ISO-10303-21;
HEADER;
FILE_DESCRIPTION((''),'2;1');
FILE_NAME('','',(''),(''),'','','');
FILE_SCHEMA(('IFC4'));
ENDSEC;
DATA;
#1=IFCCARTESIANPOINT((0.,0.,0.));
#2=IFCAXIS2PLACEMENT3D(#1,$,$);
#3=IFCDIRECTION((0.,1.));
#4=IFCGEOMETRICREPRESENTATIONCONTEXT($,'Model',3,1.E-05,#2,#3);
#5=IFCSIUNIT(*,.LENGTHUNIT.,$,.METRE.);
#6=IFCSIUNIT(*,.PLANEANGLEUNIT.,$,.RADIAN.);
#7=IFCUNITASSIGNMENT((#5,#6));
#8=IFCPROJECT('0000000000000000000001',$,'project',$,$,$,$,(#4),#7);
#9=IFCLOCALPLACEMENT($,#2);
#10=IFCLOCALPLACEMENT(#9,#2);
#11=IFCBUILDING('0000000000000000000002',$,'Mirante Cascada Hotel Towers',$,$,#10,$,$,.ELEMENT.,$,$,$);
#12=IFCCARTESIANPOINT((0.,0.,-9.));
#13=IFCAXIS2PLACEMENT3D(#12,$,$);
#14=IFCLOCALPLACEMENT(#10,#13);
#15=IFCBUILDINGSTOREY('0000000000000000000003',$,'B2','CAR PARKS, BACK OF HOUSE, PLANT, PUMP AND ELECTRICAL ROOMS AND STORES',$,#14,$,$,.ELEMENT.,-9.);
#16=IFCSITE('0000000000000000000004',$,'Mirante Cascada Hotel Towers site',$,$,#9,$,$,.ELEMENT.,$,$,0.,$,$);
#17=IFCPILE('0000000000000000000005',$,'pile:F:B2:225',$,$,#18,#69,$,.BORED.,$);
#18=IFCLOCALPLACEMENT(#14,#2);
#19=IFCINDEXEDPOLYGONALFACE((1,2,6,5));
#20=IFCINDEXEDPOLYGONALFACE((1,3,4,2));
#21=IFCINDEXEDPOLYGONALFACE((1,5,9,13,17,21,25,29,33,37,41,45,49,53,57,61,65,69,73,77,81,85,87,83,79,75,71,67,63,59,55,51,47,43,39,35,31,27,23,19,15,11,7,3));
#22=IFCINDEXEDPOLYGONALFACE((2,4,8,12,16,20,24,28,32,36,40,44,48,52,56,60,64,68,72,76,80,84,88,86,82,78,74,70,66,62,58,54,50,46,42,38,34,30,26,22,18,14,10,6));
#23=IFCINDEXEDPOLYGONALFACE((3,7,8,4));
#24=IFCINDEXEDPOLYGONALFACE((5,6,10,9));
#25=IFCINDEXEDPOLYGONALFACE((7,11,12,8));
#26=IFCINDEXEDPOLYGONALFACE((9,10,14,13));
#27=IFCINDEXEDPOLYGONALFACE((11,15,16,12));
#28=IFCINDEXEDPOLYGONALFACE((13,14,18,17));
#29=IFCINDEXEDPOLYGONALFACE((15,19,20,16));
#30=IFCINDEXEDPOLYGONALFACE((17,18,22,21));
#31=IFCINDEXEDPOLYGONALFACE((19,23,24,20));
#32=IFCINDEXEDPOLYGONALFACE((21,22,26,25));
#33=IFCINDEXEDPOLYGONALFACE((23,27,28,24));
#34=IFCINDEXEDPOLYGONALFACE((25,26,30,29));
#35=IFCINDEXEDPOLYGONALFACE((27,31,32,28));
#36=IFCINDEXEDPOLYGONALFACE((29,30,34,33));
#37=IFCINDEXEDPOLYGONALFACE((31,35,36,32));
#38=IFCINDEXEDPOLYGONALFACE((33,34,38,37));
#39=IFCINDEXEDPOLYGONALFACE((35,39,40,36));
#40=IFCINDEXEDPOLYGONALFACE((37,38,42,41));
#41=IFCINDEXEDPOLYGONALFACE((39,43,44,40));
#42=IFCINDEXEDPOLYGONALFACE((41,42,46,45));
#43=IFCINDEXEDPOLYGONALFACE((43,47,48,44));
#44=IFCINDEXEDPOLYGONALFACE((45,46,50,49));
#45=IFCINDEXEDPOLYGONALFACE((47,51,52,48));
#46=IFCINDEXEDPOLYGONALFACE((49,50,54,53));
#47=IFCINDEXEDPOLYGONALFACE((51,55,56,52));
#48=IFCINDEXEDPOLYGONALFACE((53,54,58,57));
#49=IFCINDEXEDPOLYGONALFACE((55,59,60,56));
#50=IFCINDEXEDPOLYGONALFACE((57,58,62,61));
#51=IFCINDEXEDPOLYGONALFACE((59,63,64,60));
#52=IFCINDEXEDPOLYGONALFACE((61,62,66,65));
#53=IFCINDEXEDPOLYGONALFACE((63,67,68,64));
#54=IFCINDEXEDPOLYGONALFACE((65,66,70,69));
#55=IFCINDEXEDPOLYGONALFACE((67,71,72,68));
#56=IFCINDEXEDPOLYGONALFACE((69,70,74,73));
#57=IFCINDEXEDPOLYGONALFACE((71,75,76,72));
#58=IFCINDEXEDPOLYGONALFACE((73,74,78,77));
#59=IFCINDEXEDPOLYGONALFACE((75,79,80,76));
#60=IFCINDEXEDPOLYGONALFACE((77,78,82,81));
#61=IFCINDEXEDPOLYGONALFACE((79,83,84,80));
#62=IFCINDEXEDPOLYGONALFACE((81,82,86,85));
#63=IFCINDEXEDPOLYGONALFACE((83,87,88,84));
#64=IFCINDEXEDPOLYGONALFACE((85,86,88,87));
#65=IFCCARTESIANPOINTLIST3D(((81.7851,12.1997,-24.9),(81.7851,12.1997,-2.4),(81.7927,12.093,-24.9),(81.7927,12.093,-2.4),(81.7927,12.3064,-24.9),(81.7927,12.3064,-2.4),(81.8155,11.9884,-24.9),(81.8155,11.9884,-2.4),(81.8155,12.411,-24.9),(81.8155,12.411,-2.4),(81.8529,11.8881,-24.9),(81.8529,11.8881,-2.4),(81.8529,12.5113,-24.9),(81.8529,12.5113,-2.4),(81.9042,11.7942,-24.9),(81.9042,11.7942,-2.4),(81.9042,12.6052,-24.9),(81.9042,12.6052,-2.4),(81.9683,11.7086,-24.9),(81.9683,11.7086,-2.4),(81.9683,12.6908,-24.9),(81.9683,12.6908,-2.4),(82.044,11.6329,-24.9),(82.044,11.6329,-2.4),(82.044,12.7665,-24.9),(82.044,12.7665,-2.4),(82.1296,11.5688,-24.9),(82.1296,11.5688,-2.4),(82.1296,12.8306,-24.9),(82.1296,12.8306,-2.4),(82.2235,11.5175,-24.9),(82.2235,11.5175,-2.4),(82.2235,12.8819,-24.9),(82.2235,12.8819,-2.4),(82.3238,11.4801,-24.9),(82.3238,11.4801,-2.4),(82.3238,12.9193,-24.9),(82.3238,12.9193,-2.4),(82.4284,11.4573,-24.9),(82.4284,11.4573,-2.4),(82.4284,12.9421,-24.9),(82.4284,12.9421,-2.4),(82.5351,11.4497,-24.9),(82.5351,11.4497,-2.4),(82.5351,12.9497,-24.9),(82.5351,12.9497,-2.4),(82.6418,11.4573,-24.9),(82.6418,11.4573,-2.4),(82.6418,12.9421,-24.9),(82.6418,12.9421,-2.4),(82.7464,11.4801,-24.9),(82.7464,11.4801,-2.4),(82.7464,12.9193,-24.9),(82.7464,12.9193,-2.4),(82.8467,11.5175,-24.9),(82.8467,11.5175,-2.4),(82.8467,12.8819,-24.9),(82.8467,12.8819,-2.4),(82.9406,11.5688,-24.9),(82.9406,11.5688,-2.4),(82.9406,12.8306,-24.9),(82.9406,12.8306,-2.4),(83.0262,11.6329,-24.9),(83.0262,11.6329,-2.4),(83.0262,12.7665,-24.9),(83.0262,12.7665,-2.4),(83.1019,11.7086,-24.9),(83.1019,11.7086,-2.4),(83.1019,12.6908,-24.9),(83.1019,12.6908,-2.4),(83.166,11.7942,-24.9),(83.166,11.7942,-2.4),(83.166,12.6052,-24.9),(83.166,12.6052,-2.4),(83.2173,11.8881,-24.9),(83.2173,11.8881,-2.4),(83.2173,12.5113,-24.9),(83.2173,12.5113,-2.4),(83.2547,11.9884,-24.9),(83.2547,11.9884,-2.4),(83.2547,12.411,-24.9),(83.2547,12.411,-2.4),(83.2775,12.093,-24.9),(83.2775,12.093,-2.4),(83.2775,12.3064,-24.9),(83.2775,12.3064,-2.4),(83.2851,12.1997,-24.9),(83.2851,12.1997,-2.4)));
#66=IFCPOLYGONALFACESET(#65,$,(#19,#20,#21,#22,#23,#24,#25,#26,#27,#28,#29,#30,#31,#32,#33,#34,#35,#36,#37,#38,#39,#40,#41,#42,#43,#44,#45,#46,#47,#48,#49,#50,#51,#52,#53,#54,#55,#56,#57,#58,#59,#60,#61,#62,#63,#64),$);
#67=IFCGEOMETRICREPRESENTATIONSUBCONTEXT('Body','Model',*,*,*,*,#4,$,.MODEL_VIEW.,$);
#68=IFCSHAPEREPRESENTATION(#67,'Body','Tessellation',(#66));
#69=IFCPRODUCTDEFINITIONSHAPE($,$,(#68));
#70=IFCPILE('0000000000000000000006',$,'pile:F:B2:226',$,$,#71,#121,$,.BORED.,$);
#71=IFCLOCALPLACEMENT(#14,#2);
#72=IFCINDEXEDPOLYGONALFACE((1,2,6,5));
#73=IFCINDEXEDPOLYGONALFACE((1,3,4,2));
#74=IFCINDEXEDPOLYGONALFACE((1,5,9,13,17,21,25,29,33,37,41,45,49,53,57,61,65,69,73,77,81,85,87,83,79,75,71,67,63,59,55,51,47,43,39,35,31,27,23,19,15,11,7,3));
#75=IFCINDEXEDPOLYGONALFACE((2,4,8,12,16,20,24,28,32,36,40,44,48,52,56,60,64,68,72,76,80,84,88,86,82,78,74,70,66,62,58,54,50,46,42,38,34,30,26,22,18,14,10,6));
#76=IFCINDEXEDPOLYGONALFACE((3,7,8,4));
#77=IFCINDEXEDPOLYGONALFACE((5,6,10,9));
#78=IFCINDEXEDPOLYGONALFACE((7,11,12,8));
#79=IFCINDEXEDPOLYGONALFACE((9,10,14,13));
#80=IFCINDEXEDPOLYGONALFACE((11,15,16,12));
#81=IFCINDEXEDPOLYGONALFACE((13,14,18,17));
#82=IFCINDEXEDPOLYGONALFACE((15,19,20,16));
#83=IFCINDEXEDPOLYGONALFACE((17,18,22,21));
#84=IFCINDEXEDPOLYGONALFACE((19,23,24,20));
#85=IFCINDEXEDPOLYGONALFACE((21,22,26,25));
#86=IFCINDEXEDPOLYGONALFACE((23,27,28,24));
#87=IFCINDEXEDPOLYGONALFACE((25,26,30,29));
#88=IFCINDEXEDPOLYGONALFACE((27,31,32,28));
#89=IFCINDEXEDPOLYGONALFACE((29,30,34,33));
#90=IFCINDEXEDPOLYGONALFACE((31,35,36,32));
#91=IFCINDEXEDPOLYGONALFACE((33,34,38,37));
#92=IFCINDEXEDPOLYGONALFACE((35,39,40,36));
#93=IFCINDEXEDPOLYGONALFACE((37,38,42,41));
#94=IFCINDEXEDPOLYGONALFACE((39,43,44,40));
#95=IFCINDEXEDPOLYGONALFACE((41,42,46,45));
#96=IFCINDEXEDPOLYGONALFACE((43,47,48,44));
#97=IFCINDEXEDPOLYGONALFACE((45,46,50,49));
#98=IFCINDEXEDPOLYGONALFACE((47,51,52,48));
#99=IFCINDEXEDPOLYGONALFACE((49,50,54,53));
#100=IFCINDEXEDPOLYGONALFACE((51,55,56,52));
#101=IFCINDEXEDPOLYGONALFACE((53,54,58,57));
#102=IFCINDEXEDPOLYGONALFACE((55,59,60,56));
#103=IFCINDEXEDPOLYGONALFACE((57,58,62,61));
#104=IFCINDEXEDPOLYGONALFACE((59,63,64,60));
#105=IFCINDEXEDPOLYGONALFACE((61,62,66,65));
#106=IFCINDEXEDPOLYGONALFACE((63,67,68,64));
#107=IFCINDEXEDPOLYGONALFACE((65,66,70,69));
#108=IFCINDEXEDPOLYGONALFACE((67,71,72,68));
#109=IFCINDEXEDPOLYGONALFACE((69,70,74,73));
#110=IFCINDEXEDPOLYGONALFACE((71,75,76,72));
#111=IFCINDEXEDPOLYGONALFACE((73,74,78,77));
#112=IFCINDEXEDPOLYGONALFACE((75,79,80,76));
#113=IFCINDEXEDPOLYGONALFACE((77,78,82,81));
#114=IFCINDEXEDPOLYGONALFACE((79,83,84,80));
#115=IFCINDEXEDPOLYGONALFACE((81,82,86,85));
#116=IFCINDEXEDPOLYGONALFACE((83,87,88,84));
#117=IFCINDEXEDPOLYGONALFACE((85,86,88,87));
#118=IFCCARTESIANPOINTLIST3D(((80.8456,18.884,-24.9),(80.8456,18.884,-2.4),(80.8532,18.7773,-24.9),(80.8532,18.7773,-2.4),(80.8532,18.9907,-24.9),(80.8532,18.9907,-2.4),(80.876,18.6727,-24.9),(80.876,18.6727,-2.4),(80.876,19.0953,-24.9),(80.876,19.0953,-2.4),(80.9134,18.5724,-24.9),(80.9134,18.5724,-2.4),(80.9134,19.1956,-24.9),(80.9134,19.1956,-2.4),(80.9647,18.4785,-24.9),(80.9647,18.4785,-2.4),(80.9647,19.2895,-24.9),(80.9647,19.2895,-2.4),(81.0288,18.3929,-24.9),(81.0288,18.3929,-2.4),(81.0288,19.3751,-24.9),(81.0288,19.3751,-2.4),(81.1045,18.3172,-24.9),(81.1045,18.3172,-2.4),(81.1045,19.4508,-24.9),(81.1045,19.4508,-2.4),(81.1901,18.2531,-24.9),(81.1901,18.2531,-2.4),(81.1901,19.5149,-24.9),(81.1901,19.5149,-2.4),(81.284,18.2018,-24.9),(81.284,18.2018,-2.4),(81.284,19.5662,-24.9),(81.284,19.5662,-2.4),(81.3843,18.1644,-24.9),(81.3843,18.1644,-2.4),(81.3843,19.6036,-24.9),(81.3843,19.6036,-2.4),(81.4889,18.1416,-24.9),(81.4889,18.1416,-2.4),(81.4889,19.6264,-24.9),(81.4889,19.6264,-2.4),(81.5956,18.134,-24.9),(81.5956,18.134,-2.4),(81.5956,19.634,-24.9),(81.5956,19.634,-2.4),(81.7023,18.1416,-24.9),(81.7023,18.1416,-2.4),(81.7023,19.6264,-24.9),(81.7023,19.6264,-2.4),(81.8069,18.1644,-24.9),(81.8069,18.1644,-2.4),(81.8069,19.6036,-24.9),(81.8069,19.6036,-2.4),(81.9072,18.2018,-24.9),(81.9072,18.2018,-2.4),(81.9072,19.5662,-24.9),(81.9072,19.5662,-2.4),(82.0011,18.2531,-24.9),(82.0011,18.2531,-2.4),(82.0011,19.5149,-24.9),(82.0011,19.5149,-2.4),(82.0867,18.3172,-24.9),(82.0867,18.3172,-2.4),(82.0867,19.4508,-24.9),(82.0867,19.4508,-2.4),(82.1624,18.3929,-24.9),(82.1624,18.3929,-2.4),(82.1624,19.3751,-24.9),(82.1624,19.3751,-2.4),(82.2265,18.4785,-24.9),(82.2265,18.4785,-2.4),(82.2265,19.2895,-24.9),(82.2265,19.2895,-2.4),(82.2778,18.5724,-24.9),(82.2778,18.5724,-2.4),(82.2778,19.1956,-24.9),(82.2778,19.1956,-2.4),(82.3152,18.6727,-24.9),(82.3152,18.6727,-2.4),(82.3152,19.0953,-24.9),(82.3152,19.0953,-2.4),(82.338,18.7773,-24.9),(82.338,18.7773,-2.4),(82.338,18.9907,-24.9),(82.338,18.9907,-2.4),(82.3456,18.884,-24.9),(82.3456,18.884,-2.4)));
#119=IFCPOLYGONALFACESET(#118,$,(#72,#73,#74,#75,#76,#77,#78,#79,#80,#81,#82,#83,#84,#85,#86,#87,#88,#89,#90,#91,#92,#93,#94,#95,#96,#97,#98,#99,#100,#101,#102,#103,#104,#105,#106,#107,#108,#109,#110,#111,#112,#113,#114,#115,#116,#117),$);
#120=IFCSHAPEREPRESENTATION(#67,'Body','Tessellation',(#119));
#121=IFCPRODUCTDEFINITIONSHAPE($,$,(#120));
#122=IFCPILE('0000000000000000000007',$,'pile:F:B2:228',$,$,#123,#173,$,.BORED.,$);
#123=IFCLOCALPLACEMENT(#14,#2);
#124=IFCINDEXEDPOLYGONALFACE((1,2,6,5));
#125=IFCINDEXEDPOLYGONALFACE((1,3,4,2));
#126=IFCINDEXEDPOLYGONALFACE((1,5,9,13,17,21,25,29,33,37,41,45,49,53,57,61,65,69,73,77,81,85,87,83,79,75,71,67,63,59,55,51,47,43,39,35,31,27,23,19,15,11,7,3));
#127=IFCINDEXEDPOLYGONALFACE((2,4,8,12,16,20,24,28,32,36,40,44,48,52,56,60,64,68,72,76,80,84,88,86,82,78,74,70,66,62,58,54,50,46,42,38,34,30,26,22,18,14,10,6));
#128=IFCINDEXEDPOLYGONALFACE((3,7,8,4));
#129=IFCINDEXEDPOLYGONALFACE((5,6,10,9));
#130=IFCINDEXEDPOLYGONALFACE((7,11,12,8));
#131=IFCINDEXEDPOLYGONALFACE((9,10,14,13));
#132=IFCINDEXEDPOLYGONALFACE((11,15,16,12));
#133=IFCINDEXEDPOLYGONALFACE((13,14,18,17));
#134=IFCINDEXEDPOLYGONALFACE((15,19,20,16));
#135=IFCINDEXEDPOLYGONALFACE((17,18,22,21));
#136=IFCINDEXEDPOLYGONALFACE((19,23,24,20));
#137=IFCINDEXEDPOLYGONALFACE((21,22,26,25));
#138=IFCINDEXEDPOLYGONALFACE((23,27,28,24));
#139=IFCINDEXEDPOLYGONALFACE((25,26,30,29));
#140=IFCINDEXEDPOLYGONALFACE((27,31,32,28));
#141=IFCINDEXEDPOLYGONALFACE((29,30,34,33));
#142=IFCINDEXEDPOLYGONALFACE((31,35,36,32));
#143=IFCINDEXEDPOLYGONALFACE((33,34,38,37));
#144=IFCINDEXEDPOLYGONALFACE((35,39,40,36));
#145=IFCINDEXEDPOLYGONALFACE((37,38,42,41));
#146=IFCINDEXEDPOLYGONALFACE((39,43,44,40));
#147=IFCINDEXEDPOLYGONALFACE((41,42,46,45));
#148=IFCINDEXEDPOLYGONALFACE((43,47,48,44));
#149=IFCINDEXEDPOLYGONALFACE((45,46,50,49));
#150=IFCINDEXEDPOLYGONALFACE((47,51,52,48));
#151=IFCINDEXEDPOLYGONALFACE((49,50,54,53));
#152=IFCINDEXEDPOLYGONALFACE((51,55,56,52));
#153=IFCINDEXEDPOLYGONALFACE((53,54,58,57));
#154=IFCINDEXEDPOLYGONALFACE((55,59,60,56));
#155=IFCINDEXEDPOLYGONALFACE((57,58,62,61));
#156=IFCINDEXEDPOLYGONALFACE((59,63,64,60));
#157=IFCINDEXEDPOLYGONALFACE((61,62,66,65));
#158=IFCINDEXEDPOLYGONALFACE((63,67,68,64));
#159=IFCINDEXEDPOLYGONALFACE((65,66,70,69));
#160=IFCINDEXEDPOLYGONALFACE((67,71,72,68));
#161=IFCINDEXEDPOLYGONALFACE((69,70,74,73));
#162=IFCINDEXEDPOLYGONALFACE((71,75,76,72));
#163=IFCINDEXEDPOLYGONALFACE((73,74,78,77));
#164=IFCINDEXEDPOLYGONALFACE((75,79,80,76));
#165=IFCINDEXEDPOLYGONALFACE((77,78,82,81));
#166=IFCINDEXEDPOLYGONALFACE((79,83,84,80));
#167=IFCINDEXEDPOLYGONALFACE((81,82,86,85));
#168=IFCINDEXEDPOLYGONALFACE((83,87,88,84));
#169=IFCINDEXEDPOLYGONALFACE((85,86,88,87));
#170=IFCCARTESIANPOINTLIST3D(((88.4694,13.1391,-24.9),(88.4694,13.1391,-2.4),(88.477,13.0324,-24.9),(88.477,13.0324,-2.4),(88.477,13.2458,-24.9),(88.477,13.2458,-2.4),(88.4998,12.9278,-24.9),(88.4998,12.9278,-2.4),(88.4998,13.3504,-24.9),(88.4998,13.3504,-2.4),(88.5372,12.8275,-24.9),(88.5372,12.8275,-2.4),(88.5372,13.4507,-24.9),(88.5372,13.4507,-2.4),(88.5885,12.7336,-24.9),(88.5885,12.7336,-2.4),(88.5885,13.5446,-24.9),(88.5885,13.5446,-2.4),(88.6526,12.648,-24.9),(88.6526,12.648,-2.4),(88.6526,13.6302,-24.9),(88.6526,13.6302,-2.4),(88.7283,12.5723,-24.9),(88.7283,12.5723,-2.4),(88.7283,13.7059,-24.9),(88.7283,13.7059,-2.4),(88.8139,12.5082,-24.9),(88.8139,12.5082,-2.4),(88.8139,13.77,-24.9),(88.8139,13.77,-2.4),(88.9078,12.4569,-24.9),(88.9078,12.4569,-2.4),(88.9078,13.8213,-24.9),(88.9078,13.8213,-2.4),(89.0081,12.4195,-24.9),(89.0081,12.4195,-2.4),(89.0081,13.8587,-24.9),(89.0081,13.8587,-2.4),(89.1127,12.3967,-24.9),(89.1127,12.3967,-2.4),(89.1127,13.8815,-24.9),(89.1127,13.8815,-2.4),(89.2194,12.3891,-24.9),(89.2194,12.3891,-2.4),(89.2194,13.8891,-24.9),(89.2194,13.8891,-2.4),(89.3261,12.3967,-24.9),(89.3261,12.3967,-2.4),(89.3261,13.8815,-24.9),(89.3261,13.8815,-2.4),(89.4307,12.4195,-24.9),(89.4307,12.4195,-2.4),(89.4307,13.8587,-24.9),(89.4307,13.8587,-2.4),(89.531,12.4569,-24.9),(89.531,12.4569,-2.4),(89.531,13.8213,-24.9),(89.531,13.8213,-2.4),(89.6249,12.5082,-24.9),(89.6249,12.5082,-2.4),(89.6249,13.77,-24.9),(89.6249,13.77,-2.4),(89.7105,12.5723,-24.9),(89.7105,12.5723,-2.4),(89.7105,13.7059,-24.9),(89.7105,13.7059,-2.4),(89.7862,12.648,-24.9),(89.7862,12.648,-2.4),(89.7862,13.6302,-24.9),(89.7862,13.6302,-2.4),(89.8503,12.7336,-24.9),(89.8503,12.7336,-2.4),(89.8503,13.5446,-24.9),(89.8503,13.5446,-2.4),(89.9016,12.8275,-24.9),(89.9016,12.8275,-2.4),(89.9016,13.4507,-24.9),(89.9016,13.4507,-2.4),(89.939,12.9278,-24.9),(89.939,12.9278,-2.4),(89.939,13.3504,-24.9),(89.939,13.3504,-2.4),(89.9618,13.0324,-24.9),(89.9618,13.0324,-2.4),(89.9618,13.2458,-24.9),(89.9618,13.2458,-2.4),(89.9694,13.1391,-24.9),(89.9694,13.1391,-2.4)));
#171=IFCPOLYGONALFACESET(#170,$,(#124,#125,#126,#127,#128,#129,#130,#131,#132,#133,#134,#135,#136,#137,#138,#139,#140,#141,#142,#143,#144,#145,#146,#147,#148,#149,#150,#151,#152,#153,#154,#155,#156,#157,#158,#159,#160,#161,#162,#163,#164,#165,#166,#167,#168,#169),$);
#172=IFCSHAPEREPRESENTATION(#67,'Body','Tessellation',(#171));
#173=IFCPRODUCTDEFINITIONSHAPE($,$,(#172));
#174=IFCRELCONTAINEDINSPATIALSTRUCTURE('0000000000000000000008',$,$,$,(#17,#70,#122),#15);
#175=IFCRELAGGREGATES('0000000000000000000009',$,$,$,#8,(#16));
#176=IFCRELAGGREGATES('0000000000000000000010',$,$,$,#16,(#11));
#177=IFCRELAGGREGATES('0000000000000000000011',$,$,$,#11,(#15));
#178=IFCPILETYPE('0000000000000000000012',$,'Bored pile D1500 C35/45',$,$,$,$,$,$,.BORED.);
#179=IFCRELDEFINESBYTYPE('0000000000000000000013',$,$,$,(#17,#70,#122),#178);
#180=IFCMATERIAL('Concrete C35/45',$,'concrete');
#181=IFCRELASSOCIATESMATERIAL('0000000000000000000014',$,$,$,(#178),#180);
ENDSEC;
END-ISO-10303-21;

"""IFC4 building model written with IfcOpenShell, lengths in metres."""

from ifc_helpers import new_model, si_unit, direction, frame, origin, origin_2d, place, context, subcontext, project, spatial, circle, extrude, material, material_profile, profile_set, type_object, element, save


model = new_model("IFC4")

# Units and contexts
model_context = context("Model", 3, precision=1e-05, world=origin(), true_north=direction((0.0, 1.0)))
body_context = subcontext(model_context, "Body", "Model", "MODEL_VIEW")
ifc_project = project(units=[si_unit("LENGTHUNIT", "METRE"), si_unit("PLANEANGLEUNIT", "RADIAN")], contexts=[model_context])

# Site, building, storey
site_placement = place(None, origin())
site = spatial("IfcSite", under=ifc_project, at=site_placement, Name="Mirante Cascada Hotel Towers site", CompositionType="ELEMENT", RefElevation=0.0)
building_placement = place(site_placement, origin())
building = spatial("IfcBuilding", under=site, at=building_placement, Name="Mirante Cascada Hotel Towers", CompositionType="ELEMENT")
storey_placement = place(building_placement, frame((0.0, 0.0, -9.0)))
storey = spatial("IfcBuildingStorey", under=building, at=storey_placement, Name="B2", Description="CAR PARKS, BACK OF HOUSE, PLANT, PUMP AND ELECTRICAL ROOMS AND STORES", CompositionType="ELEMENT", Elevation=-9.0)

# Piles
ifc_material_1 = material(Name="Concrete C35/45", Category="concrete")
ifc_material_profile_1 = material_profile(ifc_material_1, circle(Radius=0.75, at=origin_2d()), Name="RC D1500")
ifc_profile_set_1 = profile_set([ifc_material_profile_1], Name="Concrete C35/45")
pile_type = type_object("IfcPileType", Name="Bored pile D1500 C35/45", PredefinedType="BORED", material=ifc_profile_set_1)
for number, where, z_axis, x_axis, name in (
    (1, (82.5351, 12.1997, -2.4), (0.0, 0.0, -1.0), (1.0, 0.0, 0.0), "pile:F:B2:225"),
    (2, (81.5956, 18.884, -2.4), (0.0, 0.0, -1.0), (1.0, 0.0, 0.0), "pile:F:B2:226"),
    (3, (89.2194, 13.1391, -2.4), (0.0, 0.0, -1.0), (1.0, 0.0, 0.0), "pile:F:B2:228"),
):
    element("IfcPile", number, at=place(storey_placement, frame(where, z_axis=z_axis, x_axis=x_axis)), inside=storey, type_object=pile_type, Name=name, PredefinedType="BORED", context=body_context, shape_type="SweptSolid", body=[
        extrude(circle(Radius=0.75, at=origin_2d()), origin(), (0.0, 0.0, 1.0), 22.5),
    ])

save(model, "model.ifc")
